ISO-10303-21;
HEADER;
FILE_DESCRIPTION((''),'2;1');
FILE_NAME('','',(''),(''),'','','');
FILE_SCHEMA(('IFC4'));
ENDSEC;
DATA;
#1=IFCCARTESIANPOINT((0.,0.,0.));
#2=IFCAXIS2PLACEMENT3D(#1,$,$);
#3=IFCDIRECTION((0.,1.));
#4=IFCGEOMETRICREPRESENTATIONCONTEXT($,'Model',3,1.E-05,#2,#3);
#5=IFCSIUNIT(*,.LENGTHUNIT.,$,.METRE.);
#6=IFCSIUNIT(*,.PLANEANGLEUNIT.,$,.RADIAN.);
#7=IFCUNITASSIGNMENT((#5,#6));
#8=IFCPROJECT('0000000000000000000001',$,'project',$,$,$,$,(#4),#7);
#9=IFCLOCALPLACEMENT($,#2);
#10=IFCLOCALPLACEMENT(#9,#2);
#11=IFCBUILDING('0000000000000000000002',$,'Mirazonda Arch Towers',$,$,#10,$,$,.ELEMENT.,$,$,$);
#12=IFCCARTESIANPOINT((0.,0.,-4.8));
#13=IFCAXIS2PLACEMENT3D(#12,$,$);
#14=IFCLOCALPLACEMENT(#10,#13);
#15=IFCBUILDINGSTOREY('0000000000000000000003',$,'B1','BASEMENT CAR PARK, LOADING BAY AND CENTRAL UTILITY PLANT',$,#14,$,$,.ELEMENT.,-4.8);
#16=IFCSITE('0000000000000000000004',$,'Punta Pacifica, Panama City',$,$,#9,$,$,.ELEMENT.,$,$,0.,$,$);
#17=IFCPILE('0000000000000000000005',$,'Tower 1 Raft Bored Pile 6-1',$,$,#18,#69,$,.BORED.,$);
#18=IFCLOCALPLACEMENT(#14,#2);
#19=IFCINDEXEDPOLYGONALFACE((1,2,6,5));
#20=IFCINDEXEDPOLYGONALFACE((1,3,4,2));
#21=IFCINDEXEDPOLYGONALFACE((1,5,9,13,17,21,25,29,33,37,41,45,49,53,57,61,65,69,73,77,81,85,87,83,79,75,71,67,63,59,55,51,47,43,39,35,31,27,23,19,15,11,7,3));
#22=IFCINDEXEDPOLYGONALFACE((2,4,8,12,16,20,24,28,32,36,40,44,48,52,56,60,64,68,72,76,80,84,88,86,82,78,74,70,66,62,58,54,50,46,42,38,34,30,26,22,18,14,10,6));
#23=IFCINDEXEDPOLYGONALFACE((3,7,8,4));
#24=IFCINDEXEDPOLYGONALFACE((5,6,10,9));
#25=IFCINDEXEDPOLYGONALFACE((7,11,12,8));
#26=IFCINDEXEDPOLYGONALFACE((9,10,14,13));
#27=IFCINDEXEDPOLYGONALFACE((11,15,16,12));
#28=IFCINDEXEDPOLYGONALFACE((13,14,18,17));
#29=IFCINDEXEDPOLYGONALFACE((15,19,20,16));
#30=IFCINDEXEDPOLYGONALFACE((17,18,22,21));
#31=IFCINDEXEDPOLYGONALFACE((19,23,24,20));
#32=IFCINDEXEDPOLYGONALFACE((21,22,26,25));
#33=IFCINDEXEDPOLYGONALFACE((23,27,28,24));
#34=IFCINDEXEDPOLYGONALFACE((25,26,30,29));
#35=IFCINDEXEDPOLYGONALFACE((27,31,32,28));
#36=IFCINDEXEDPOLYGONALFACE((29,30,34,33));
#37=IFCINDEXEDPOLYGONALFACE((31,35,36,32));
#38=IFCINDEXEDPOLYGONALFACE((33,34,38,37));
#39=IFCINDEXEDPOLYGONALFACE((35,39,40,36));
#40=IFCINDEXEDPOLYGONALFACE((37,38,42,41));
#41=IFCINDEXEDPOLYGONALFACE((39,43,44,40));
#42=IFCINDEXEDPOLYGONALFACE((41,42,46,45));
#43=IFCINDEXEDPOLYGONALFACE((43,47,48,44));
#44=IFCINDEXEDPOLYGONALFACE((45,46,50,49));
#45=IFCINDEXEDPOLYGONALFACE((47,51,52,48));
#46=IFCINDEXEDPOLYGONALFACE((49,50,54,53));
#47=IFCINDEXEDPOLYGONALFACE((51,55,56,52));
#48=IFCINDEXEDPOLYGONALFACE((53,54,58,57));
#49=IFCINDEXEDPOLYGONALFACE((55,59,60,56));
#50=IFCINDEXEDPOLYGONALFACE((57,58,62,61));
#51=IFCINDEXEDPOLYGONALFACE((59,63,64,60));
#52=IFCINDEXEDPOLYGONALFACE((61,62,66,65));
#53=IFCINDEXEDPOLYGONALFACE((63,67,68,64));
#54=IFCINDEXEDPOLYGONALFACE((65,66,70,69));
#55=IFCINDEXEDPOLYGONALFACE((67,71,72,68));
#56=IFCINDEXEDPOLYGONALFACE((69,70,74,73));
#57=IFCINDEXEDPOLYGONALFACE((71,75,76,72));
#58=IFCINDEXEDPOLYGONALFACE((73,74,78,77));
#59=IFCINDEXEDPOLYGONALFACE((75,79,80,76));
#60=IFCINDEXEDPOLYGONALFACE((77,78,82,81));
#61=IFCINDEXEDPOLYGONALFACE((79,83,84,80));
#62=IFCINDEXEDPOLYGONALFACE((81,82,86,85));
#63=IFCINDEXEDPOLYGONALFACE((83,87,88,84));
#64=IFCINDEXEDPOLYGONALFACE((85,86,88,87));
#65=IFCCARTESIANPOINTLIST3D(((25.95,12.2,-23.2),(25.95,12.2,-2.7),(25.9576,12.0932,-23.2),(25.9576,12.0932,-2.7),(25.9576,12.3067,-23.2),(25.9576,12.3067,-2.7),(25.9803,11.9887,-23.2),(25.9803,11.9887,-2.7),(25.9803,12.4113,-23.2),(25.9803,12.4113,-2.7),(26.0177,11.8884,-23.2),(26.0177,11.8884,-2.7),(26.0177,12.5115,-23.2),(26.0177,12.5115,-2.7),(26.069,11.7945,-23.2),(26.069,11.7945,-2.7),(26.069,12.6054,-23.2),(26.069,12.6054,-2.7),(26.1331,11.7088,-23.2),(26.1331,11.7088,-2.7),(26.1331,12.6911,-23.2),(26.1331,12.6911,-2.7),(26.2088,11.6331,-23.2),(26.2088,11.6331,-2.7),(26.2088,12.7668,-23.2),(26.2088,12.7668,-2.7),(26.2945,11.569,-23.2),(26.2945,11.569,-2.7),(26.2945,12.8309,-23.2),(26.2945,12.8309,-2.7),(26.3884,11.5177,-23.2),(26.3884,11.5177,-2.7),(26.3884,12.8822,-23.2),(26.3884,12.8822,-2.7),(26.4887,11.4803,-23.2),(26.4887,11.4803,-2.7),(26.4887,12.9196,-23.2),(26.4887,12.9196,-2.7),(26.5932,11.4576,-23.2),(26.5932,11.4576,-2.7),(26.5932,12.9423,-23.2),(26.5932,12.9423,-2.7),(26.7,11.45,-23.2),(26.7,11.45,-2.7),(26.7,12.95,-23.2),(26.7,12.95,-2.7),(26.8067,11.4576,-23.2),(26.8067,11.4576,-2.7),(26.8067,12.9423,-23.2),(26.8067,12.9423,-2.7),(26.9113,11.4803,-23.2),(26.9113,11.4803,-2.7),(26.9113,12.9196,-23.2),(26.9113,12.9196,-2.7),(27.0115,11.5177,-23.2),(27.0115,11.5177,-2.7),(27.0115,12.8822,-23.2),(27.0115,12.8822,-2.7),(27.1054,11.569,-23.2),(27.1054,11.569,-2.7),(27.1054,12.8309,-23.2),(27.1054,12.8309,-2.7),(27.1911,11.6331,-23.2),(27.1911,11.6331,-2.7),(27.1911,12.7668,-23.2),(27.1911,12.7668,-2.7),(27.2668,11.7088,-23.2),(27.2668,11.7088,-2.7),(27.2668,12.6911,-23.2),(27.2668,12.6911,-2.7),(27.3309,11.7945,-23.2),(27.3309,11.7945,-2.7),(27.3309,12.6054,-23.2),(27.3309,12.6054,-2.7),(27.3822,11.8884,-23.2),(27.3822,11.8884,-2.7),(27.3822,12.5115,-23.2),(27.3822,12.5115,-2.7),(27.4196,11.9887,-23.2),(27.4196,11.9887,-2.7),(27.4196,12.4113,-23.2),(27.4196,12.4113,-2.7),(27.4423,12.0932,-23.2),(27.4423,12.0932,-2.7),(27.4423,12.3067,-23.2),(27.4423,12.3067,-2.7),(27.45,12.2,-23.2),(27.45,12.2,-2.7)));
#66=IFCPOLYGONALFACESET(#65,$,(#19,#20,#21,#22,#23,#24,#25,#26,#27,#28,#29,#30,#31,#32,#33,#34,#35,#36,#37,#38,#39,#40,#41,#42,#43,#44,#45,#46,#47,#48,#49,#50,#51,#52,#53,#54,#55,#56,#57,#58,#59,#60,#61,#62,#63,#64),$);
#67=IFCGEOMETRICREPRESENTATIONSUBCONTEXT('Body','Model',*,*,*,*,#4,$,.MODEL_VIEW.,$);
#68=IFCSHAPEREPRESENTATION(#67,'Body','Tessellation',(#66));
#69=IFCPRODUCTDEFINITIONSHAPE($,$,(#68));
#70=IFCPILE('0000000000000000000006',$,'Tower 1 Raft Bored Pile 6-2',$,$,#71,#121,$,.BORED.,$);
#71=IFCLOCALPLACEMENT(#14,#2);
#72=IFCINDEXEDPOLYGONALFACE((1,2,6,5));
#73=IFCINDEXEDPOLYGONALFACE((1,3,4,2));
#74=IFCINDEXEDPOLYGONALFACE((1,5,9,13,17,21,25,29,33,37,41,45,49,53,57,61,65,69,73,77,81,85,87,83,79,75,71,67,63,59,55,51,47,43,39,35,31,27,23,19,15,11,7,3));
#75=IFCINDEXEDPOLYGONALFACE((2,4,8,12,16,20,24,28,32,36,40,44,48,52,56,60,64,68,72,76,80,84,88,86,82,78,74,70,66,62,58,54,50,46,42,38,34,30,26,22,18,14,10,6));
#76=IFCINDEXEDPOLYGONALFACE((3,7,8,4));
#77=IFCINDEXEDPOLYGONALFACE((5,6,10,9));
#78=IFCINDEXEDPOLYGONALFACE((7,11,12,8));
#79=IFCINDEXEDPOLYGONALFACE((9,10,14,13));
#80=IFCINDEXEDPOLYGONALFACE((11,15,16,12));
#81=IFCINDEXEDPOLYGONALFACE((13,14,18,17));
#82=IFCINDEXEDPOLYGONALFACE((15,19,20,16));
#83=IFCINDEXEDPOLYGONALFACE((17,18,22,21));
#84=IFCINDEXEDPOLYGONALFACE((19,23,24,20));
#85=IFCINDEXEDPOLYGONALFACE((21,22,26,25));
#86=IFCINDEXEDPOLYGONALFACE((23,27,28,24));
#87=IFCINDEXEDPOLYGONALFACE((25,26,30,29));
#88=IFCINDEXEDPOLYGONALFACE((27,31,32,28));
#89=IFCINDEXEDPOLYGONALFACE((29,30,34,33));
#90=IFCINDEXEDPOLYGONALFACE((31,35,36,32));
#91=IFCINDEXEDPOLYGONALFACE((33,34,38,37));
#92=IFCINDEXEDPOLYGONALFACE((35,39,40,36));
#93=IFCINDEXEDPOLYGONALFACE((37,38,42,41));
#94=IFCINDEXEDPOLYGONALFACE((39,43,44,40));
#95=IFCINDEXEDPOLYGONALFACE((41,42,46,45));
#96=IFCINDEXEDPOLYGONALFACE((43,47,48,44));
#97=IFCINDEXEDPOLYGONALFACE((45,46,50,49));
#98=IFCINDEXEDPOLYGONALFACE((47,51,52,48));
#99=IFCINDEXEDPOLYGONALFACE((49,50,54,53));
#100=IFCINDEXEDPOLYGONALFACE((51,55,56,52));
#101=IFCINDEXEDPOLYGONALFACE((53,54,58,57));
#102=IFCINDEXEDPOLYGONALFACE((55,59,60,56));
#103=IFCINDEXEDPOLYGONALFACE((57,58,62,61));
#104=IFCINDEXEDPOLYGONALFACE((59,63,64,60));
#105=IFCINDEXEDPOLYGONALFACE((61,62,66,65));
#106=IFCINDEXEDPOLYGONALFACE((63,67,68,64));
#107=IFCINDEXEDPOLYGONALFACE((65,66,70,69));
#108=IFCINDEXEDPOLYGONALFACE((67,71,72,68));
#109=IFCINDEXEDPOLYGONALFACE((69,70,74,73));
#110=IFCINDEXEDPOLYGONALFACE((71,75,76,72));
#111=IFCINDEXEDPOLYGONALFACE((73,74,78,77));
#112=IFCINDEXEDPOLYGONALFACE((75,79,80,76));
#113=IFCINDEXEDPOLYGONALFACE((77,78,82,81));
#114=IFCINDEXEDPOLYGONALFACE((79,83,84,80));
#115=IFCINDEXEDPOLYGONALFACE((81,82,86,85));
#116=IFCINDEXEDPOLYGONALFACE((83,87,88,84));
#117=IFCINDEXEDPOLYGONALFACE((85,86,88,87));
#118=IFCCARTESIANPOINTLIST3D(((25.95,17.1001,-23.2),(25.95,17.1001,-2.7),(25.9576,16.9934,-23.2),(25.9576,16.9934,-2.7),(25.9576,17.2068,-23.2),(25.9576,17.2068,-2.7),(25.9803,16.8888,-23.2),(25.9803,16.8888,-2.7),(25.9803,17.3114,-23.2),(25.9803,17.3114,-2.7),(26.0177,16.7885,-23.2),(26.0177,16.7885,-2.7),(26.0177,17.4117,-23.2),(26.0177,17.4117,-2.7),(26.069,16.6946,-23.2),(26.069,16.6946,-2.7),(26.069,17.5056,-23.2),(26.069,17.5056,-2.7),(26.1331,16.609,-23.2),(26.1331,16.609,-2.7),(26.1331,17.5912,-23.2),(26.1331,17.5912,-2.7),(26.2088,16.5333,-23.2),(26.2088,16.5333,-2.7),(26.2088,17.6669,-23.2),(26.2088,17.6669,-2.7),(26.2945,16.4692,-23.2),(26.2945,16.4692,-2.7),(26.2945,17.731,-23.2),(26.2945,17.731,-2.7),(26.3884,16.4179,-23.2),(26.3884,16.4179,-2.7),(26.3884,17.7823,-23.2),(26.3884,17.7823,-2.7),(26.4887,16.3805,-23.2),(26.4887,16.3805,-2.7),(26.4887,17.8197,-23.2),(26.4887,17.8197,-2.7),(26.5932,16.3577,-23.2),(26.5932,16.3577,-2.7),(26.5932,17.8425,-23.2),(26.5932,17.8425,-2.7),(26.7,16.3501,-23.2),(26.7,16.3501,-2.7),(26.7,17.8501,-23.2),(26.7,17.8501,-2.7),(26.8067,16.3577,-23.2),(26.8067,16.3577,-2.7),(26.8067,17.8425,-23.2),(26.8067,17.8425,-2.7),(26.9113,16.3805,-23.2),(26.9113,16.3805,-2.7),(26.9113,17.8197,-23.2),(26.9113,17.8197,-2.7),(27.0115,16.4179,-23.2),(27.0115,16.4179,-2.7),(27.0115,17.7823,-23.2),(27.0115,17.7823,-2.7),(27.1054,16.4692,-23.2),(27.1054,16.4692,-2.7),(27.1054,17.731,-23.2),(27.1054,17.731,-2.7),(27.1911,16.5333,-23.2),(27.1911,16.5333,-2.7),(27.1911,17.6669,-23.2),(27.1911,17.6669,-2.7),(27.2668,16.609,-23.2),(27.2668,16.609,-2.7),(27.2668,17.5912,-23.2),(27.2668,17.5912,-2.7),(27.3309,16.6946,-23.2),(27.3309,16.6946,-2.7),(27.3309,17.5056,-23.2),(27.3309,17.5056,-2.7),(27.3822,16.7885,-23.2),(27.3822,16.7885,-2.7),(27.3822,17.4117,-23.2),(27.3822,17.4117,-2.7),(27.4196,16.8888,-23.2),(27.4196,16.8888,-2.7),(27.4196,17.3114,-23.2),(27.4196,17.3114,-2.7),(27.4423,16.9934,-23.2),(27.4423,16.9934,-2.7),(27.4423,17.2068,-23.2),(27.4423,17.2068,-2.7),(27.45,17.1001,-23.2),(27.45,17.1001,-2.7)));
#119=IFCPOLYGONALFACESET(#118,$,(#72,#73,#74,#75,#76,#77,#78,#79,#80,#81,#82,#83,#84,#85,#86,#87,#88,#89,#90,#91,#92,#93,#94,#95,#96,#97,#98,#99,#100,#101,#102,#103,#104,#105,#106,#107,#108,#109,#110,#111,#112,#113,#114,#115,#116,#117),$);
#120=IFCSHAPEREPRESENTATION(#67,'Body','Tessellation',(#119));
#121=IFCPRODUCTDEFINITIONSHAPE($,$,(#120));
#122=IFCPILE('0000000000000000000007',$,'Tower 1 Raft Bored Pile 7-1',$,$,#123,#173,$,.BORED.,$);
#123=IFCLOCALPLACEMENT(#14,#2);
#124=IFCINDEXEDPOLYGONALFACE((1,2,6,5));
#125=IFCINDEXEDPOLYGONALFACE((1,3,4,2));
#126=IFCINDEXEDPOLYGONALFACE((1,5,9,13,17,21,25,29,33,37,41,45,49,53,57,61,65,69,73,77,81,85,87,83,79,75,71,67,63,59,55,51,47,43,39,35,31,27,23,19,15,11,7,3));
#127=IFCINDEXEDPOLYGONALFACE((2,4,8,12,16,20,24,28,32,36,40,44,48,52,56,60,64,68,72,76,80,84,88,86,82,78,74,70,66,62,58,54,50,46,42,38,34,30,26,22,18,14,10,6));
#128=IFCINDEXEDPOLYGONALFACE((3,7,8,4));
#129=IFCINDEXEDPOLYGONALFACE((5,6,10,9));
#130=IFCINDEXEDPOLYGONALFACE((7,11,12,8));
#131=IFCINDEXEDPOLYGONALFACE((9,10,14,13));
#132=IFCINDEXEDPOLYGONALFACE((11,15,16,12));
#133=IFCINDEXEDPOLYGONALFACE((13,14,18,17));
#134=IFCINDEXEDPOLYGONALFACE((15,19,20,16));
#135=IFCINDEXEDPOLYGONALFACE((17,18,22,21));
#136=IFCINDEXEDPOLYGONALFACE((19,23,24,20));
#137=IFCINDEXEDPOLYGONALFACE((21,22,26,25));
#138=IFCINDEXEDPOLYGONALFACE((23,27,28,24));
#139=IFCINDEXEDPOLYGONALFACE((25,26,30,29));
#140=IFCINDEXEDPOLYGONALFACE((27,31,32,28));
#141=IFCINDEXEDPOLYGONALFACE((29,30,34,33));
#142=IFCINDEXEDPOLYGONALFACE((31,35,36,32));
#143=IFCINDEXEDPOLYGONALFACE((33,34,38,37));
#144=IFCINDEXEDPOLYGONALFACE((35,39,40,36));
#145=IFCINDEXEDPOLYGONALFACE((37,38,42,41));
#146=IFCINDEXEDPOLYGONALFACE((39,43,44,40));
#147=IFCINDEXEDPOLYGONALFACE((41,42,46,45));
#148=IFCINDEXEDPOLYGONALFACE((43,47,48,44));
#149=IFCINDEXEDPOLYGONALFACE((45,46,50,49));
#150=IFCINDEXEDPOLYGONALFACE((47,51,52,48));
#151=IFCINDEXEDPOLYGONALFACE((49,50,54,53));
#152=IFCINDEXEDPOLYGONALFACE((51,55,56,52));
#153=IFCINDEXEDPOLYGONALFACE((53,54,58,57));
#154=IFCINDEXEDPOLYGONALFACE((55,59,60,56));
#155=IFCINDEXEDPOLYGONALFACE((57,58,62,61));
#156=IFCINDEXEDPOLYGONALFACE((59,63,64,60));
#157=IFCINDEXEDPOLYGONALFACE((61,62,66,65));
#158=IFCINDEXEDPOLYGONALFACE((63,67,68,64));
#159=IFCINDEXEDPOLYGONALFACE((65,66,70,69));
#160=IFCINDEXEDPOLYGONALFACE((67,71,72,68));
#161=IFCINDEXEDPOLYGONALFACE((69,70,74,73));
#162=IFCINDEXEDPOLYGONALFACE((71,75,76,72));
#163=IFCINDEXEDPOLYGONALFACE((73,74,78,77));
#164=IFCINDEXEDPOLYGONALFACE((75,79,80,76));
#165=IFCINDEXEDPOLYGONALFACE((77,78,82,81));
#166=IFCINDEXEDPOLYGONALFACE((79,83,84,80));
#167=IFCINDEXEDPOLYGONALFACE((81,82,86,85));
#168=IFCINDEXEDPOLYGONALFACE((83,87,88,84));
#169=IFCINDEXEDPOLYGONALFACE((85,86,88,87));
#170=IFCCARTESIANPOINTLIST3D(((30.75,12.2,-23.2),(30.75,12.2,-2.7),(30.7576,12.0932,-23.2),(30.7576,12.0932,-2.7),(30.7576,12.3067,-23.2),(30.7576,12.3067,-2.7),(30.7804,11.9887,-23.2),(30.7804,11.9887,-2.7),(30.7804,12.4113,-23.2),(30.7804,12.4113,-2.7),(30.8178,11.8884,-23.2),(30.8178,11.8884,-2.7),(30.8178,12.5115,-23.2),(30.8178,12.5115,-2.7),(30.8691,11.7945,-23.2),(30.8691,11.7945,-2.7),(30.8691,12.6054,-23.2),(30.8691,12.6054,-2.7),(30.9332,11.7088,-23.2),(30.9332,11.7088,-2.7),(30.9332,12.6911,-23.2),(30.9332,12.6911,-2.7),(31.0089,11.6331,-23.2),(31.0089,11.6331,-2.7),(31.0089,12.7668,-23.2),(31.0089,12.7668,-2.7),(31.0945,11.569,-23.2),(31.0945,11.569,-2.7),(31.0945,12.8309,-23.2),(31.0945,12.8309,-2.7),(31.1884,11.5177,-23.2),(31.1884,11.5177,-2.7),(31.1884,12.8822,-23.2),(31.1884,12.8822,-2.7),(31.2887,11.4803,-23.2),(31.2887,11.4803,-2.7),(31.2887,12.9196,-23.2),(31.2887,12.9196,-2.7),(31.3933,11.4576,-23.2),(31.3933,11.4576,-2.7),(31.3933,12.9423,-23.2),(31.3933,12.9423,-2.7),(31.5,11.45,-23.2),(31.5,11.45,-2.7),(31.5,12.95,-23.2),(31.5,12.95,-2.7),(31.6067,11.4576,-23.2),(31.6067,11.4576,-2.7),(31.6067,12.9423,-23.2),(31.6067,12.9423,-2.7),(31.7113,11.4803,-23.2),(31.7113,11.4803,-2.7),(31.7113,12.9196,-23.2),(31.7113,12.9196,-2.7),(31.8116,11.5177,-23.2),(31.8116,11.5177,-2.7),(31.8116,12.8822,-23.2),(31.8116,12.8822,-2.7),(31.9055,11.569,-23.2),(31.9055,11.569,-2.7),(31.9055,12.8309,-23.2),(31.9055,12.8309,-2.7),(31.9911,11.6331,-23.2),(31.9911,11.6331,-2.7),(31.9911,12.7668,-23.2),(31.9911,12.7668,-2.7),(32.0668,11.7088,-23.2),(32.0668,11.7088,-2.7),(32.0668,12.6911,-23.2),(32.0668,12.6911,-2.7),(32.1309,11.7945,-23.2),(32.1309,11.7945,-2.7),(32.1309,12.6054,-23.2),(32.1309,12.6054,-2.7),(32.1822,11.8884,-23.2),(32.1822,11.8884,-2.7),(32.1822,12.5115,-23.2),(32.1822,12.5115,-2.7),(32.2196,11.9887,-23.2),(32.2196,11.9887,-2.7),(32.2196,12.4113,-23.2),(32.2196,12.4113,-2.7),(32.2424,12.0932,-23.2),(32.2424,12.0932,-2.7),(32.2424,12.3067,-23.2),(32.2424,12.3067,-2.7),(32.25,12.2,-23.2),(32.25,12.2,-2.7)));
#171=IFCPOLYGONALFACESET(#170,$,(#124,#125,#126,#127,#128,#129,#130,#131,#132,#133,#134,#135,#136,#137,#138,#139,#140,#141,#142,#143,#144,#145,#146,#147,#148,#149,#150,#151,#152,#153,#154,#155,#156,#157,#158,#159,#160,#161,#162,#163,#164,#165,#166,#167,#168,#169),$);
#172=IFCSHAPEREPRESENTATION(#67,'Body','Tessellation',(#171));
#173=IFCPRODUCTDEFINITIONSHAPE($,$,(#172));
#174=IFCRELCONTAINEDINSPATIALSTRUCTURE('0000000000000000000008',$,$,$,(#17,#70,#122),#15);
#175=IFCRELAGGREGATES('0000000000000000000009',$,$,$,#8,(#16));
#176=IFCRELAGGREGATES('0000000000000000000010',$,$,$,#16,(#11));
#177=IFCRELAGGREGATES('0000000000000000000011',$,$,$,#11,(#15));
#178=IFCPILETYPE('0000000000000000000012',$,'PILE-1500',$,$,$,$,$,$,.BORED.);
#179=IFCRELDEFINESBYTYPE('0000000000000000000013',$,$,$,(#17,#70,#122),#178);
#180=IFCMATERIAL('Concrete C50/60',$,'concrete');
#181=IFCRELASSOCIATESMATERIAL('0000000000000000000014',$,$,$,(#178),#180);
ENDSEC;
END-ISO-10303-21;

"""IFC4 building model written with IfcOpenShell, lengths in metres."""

from ifc_helpers import new_model, si_unit, direction, frame, origin, origin_2d, place, context, subcontext, project, spatial, circle, extrude, material, material_profile, profile_set, type_object, element, save


model = new_model("IFC4")

# Units and contexts
model_context = context("Model", 3, precision=1e-05, world=origin(), true_north=direction((0.0, 1.0)))
body_context = subcontext(model_context, "Body", "Model", "MODEL_VIEW")
ifc_project = project(units=[si_unit("LENGTHUNIT", "METRE"), si_unit("PLANEANGLEUNIT", "RADIAN")], contexts=[model_context])

# Site, building, storey
site_placement = place(None, origin())
site = spatial("IfcSite", under=ifc_project, at=site_placement, Name="Punta Pacifica, Panama City", CompositionType="ELEMENT", RefElevation=0.0)
building_placement = place(site_placement, origin())
building = spatial("IfcBuilding", under=site, at=building_placement, Name="Mirazonda Arch Towers", CompositionType="ELEMENT")
storey_placement = place(building_placement, frame((0.0, 0.0, -4.8)))
storey = spatial("IfcBuildingStorey", under=building, at=storey_placement, Name="B1", Description="BASEMENT CAR PARK, LOADING BAY AND CENTRAL UTILITY PLANT", CompositionType="ELEMENT", Elevation=-4.8)

# Piles
ifc_material_1 = material(Name="Concrete C50/60", Category="concrete")
ifc_material_profile_1 = material_profile(ifc_material_1, circle(Radius=0.75, at=origin_2d()), Name="BORED-D1500")
ifc_profile_set_1 = profile_set([ifc_material_profile_1], Name="Concrete C50/60")
pile_type_1 = type_object("IfcPileType", Name="PILE-1500", PredefinedType="BORED", material=ifc_profile_set_1)
for number, where, z_axis, x_axis, name in (
    (1, (26.7, 12.2, -2.7), (0.0, 0.0, -1.0), (1.0, 0.0, 0.0), "Tower 1 Raft Bored Pile 6-1"),
    (2, (26.7, 17.1001, -2.7), (0.0, 0.0, -1.0), (1.0, 0.0, 0.0), "Tower 1 Raft Bored Pile 6-2"),
    (3, (31.5, 12.2, -2.7), (0.0, 0.0, -1.0), (1.0, 0.0, 0.0), "Tower 1 Raft Bored Pile 7-1"),
):
    element("IfcPile", number, at=place(storey_placement, frame(where, z_axis=z_axis, x_axis=x_axis)), inside=storey, type_object=pile_type_1, Name=name, PredefinedType="BORED", context=body_context, shape_type="SweptSolid", body=[
        extrude(circle(Radius=0.75, at=origin_2d()), origin(), (0.0, 0.0, 1.0), 20.5),
    ])

save(model, "model.ifc")
